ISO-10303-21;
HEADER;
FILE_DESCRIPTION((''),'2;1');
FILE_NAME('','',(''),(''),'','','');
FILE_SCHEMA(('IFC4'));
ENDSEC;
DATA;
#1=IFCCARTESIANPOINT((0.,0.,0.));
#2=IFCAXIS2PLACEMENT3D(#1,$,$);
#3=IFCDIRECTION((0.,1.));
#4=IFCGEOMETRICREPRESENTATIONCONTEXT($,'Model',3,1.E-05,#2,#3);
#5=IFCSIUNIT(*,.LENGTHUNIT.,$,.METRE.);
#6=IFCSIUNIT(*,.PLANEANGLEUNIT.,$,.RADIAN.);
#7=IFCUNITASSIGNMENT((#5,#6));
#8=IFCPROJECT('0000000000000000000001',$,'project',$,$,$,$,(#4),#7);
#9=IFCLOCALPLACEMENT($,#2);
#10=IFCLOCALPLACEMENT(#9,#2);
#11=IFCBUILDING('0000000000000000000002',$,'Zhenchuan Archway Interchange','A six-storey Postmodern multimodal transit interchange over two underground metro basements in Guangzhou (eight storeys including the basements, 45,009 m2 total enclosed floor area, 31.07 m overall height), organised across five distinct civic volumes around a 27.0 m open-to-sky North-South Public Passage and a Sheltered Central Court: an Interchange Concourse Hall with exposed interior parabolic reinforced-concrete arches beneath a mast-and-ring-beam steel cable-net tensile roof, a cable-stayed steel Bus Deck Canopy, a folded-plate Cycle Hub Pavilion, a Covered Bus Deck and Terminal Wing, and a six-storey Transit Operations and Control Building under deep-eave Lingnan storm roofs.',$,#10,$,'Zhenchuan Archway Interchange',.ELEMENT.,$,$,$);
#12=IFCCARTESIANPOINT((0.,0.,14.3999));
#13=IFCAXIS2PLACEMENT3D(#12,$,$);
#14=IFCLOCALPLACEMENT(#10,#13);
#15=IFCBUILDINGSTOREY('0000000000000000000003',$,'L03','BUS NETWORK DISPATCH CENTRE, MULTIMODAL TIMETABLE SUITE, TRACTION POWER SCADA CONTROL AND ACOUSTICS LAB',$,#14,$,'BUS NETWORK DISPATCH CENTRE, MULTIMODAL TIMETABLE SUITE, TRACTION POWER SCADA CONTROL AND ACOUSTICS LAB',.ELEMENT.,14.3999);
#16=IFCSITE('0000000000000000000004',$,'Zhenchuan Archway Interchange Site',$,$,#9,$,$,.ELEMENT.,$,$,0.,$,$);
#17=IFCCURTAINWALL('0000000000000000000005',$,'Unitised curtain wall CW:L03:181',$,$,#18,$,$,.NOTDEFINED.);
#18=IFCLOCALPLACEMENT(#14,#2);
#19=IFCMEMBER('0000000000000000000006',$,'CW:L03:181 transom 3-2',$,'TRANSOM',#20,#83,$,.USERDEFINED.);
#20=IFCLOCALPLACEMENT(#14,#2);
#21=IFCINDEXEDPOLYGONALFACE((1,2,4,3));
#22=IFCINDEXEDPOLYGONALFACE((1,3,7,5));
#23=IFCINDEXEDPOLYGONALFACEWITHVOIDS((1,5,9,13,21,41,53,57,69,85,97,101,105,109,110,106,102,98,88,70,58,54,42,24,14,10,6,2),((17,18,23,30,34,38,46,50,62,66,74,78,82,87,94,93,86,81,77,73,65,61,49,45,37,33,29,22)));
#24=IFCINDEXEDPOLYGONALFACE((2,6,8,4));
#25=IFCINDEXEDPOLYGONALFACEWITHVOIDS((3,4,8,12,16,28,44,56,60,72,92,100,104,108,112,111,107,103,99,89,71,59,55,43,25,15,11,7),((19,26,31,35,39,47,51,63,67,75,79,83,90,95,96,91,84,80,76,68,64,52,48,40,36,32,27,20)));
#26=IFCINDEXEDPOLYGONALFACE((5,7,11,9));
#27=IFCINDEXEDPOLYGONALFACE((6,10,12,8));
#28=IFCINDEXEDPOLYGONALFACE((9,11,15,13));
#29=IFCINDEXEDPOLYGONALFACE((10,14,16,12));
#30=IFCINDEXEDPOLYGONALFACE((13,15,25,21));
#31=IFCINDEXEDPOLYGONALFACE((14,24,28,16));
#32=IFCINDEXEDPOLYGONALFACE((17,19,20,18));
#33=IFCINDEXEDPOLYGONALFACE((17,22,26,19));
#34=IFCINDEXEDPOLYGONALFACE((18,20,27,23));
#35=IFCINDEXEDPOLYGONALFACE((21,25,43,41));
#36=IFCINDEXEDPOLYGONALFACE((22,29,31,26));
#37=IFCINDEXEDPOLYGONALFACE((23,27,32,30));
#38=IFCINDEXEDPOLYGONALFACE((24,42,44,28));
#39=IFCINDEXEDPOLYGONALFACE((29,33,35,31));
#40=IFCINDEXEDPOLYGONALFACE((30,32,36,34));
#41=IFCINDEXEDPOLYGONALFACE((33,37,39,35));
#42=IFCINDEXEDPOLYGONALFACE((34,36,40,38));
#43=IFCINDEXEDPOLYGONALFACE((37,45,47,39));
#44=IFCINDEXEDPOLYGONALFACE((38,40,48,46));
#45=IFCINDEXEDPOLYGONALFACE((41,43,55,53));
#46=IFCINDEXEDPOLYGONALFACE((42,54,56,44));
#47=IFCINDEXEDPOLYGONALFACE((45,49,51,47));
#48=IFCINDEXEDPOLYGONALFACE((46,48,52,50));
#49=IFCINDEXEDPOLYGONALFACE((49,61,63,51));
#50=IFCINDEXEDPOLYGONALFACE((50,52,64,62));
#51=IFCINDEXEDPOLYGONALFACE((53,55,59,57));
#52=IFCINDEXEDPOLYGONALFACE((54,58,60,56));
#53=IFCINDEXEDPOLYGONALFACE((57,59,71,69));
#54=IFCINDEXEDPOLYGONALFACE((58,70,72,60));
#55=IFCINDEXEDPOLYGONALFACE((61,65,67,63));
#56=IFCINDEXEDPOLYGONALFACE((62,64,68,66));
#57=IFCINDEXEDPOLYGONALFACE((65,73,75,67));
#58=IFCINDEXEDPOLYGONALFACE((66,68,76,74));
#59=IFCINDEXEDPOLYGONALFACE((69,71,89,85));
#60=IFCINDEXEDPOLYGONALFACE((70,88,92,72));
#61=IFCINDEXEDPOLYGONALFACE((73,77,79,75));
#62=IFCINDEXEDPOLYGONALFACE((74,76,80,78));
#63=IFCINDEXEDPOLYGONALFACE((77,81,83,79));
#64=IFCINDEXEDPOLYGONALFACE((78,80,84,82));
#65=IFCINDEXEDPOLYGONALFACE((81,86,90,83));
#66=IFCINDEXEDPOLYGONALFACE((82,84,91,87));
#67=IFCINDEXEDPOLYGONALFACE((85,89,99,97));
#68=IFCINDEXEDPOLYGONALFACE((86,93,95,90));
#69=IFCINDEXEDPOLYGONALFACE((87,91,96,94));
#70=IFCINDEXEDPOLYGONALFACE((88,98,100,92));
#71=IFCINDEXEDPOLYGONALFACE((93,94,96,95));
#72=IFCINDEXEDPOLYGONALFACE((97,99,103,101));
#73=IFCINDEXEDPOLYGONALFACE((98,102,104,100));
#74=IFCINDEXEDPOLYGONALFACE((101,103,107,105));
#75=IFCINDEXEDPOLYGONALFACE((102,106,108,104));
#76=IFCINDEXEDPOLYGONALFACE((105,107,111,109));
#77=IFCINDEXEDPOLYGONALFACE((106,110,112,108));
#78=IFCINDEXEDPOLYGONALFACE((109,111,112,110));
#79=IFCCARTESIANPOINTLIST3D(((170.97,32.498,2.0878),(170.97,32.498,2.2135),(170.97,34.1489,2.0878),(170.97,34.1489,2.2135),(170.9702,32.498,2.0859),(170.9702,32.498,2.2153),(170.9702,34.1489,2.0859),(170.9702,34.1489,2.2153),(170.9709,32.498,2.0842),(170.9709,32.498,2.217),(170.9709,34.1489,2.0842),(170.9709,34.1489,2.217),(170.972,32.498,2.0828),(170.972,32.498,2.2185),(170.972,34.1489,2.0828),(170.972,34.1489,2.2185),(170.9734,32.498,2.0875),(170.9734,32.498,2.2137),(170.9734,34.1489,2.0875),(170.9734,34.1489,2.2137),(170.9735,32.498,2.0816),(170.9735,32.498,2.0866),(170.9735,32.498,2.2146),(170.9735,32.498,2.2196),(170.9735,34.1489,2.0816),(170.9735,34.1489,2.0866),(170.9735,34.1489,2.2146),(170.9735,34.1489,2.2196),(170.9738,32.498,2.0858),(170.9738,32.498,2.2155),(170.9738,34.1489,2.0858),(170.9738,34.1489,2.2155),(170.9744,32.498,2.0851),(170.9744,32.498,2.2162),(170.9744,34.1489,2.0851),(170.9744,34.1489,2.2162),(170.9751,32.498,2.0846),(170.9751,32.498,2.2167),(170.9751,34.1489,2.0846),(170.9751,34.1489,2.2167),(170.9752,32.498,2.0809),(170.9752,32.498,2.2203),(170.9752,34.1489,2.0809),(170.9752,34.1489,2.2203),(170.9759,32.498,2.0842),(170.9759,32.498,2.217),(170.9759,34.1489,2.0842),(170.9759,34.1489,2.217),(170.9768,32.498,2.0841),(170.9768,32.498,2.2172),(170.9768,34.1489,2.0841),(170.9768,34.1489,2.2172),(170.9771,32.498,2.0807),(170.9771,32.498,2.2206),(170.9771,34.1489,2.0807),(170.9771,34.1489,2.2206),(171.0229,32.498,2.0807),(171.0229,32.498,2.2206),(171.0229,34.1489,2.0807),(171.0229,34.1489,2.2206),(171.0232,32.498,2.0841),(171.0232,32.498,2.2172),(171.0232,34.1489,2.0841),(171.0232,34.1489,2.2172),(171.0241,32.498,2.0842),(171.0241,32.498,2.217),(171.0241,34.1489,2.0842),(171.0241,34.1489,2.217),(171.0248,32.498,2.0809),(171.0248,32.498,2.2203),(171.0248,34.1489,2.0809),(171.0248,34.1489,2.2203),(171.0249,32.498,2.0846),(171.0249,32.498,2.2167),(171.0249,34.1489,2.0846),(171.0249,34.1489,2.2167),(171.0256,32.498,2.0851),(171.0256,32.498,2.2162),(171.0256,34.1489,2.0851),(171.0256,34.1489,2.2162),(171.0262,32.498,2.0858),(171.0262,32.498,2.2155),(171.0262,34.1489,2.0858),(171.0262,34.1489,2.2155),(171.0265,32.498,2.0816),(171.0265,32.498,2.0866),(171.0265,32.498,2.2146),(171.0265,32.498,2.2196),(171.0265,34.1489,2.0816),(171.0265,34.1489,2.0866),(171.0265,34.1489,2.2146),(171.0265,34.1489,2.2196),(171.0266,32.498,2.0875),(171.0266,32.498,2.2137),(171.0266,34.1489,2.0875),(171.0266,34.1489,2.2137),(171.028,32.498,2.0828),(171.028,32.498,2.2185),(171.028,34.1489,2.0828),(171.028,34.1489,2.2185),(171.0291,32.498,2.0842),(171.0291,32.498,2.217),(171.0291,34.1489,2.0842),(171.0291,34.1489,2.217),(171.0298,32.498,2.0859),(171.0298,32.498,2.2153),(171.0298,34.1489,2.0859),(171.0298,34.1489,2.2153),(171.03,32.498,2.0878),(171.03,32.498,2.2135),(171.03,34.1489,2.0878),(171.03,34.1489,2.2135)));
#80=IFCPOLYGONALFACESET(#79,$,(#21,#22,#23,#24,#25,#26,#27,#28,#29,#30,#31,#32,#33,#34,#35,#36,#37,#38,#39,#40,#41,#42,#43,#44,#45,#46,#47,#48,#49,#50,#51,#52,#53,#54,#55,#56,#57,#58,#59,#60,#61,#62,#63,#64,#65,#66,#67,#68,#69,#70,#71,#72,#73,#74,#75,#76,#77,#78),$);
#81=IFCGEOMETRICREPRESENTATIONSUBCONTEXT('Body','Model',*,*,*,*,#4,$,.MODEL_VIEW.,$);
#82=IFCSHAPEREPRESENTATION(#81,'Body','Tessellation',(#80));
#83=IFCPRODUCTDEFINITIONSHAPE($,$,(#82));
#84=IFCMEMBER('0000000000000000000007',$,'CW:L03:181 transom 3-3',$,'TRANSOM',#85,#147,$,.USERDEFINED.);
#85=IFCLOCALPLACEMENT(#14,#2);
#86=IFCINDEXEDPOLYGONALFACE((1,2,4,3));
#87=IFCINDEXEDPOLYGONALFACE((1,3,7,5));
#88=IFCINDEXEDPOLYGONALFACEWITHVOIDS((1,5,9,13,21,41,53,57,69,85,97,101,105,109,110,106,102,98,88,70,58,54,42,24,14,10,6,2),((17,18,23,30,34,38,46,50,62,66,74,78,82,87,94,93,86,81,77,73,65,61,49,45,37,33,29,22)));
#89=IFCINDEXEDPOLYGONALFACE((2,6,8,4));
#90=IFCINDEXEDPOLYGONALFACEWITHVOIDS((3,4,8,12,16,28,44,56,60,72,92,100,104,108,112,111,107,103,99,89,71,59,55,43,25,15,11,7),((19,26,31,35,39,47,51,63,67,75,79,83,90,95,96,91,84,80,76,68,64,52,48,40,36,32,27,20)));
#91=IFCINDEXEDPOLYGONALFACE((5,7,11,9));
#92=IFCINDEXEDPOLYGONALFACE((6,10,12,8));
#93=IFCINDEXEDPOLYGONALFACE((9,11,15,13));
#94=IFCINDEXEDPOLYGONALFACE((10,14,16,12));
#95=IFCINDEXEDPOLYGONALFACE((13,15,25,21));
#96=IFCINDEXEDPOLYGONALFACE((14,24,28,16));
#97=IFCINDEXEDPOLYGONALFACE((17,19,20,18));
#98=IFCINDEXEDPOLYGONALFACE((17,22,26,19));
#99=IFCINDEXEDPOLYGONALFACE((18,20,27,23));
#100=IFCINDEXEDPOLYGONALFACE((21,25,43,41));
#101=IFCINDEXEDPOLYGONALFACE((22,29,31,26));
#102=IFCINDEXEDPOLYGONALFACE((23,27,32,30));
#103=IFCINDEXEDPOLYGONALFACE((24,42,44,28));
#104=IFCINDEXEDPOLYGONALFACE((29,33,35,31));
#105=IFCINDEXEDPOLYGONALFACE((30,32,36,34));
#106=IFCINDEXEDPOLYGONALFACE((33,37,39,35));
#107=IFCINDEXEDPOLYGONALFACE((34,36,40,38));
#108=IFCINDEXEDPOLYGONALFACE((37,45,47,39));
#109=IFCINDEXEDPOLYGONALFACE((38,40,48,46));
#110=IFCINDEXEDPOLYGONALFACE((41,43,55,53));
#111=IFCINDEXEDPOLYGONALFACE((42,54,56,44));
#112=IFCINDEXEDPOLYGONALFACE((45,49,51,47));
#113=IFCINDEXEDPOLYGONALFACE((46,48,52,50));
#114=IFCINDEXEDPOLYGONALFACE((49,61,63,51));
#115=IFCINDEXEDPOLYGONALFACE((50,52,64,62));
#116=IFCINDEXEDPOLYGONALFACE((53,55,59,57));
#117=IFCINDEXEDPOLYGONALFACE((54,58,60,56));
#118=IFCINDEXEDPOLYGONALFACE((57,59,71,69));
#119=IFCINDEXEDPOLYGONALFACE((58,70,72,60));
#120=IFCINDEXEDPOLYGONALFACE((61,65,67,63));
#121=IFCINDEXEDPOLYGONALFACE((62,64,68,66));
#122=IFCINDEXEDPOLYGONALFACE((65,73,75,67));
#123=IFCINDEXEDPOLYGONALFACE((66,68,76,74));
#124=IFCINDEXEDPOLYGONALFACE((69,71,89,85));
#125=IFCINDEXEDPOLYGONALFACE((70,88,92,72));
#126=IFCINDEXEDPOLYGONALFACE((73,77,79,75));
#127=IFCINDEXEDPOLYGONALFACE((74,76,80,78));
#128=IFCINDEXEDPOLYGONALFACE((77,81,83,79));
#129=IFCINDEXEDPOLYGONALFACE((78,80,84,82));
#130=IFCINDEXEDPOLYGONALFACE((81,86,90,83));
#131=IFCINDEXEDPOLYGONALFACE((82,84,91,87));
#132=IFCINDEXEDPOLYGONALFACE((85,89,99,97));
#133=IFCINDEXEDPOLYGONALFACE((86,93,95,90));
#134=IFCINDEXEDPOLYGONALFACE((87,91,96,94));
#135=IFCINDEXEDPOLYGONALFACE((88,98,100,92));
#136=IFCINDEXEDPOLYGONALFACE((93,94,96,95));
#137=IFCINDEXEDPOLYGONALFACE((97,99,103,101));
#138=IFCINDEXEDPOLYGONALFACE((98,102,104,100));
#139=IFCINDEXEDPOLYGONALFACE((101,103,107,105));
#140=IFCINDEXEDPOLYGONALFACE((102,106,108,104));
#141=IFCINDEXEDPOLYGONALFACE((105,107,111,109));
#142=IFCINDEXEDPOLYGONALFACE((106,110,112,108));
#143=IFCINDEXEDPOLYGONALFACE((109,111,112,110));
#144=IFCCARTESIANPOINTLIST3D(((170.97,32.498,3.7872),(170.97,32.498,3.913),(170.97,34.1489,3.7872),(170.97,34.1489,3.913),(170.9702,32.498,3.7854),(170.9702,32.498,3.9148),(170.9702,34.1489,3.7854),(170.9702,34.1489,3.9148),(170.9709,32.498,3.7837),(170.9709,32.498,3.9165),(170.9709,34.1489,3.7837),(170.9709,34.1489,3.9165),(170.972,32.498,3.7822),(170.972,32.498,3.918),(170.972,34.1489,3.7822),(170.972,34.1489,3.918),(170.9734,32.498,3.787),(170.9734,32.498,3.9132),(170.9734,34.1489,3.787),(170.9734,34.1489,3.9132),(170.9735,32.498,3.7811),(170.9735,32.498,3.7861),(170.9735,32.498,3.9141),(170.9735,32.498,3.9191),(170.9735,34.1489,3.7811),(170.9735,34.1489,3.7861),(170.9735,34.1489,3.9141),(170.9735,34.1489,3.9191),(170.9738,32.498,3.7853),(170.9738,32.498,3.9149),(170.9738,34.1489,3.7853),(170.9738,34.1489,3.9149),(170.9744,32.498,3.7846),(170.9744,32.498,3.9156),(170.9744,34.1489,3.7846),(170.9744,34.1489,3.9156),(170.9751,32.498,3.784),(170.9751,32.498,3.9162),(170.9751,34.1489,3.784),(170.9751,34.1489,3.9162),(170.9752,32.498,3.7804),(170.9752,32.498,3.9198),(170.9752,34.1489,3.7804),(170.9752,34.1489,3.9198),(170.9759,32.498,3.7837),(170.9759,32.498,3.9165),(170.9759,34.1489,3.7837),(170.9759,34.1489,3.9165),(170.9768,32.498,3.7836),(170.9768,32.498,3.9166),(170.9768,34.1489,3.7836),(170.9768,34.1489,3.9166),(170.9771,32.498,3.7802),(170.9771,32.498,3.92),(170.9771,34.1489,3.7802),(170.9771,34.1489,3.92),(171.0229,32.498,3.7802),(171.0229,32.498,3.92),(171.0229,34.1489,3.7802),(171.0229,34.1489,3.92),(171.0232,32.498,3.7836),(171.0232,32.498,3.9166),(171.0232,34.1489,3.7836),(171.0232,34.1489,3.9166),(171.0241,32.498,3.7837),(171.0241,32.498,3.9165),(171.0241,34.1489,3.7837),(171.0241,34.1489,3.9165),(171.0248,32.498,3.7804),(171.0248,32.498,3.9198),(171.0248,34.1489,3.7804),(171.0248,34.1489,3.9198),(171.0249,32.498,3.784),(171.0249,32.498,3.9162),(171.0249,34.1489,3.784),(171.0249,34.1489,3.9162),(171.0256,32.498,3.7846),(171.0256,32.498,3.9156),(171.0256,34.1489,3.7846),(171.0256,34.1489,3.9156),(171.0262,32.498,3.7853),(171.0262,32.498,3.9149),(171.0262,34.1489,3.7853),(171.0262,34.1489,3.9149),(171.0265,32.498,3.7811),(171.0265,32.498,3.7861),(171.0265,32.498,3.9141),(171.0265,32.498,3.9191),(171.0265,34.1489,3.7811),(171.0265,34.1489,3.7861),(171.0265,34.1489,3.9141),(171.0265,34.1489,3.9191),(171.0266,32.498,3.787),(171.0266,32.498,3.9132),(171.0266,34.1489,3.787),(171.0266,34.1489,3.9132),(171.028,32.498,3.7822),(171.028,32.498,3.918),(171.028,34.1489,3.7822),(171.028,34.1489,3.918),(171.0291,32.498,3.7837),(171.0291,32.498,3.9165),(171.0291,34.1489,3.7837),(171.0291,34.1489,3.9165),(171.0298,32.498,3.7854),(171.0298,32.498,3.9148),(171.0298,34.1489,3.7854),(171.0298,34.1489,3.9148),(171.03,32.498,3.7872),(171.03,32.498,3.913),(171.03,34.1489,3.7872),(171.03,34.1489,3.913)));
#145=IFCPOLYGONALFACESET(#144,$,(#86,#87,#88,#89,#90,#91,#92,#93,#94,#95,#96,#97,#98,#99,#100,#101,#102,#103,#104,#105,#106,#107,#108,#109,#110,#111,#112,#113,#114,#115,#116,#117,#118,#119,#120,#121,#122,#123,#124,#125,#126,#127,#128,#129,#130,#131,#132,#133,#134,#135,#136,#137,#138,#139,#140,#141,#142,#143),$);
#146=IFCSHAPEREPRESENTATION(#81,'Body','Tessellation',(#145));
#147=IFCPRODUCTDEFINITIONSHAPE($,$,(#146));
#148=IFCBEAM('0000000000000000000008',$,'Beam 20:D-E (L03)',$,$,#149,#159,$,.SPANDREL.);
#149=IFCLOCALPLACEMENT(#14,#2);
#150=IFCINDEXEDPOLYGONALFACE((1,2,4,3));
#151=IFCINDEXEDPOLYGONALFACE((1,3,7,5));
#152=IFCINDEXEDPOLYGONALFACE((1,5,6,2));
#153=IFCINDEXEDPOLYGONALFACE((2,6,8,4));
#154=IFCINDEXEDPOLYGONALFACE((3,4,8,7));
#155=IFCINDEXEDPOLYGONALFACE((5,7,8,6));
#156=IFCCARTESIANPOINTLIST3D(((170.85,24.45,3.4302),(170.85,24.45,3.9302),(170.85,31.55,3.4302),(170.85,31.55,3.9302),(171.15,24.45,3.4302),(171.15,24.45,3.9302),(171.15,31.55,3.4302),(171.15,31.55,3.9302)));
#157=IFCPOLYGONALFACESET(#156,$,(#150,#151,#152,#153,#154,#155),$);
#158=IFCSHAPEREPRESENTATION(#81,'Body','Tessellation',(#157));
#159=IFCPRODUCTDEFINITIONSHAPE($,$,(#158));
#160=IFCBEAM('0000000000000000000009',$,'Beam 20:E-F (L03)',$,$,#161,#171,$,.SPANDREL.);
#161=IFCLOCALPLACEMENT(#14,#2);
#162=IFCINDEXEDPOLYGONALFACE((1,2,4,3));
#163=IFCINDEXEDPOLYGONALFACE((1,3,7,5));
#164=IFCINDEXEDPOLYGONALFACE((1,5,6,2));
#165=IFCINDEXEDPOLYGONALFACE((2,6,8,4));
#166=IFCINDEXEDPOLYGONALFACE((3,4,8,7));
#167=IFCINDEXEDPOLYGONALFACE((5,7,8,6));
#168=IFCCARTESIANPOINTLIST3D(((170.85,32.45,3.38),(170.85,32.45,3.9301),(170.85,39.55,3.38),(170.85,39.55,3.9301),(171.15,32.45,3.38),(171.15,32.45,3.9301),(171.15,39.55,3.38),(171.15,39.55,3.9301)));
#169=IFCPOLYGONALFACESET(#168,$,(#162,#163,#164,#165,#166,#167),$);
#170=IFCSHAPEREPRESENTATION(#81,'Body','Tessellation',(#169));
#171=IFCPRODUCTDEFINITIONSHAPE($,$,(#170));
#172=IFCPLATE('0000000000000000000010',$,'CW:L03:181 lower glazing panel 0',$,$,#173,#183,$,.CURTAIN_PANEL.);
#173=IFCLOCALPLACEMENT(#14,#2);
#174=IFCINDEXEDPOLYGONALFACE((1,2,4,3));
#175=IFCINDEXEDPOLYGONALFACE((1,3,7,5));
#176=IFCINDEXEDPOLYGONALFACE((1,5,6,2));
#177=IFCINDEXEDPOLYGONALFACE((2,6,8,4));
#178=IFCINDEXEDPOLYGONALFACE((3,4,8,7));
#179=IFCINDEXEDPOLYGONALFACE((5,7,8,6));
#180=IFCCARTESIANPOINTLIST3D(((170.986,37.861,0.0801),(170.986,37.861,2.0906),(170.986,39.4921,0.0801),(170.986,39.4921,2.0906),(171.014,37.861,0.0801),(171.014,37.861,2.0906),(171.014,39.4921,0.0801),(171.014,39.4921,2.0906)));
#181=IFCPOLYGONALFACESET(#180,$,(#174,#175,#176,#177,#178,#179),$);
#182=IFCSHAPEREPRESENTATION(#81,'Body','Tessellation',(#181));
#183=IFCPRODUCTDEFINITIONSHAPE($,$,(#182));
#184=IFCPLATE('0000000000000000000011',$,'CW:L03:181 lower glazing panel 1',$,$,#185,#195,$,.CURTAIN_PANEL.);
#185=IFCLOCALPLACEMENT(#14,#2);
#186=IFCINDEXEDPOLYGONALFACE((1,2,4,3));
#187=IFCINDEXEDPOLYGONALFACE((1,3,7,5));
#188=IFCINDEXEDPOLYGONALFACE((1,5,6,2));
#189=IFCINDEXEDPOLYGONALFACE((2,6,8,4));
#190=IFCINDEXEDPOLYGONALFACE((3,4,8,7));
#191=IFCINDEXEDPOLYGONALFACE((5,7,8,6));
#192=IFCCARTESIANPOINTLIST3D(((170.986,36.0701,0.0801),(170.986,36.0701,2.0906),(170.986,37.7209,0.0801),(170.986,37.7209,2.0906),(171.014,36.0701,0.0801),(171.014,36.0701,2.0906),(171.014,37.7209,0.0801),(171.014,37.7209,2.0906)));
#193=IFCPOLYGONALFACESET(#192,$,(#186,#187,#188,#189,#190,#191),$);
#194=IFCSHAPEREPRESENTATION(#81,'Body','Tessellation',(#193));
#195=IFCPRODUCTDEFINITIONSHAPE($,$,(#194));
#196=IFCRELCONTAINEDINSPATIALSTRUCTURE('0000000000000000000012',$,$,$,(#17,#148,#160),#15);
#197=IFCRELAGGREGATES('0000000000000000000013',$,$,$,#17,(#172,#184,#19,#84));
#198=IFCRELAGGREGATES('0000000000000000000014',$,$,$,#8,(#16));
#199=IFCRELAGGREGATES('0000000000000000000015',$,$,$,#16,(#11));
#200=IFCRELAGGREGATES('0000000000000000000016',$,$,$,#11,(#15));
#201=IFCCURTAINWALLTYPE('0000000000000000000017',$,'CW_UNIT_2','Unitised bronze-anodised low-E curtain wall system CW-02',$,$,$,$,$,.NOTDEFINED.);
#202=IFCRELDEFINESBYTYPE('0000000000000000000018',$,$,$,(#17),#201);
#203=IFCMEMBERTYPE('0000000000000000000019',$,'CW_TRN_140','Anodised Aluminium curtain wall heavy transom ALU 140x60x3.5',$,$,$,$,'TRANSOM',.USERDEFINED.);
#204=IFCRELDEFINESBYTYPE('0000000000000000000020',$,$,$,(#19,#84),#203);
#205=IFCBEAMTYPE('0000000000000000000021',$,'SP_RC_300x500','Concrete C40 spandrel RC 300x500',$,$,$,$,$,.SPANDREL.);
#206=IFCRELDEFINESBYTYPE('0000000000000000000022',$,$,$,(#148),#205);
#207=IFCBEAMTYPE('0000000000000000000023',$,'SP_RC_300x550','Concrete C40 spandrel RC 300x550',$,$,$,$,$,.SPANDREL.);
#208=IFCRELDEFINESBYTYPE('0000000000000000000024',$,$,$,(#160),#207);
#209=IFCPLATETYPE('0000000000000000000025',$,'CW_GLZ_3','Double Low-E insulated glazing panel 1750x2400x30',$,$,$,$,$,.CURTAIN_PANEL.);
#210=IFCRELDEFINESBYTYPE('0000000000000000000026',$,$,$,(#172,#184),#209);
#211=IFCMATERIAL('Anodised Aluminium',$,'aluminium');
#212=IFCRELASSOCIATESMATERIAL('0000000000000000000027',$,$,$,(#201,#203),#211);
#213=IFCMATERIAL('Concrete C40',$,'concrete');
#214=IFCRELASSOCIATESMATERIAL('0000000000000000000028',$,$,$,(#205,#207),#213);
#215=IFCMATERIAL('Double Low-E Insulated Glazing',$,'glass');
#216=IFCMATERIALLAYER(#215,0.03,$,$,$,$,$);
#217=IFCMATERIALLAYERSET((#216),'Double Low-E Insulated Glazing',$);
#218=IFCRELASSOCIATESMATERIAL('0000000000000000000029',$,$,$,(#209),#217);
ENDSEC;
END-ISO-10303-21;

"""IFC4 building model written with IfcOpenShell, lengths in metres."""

from ifc_helpers import new_model, si_unit, direction, frame, origin, origin_2d, place, context, subcontext, project, spatial, rectangle, hollow_rectangle, extrude, material, layer, layer_set, material_profile, profile_set, type_object, element, aggregate, save


model = new_model("IFC4")

# Units and contexts
model_context = context("Model", 3, precision=1e-05, world=origin(), true_north=direction((0.0, 1.0)))
body_context = subcontext(model_context, "Body", "Model", "MODEL_VIEW")
ifc_project = project(units=[si_unit("LENGTHUNIT", "METRE"), si_unit("PLANEANGLEUNIT", "RADIAN")], contexts=[model_context])

# Site, building, storey
site_placement = place(None, origin())
site = spatial("IfcSite", under=ifc_project, at=site_placement, Name="Zhenchuan Archway Interchange Site", CompositionType="ELEMENT", RefElevation=0.0)
building_placement = place(site_placement, origin())
building = spatial("IfcBuilding", under=site, at=building_placement, Name="Zhenchuan Archway Interchange", Description="A six-storey Postmodern multimodal transit interchange over two underground metro basements in Guangzhou (eight storeys including the basements, 45,009 m2 total enclosed floor area, 31.07 m overall height), organised across five distinct civic volumes around a 27.0 m open-to-sky North-South Public Passage and a Sheltered Central Court: an Interchange Concourse Hall with exposed interior parabolic reinforced-concrete arches beneath a mast-and-ring-beam steel cable-net tensile roof, a cable-stayed steel Bus Deck Canopy, a folded-plate Cycle Hub Pavilion, a Covered Bus Deck and Terminal Wing, and a six-storey Transit Operations and Control Building under deep-eave Lingnan storm roofs.", LongName="Zhenchuan Archway Interchange", CompositionType="ELEMENT")
storey_placement = place(building_placement, frame((0.0, 0.0, 14.3999)))
storey = spatial("IfcBuildingStorey", under=building, at=storey_placement, Name="L03", Description="BUS NETWORK DISPATCH CENTRE, MULTIMODAL TIMETABLE SUITE, TRACTION POWER SCADA CONTROL AND ACOUSTICS LAB", LongName="BUS NETWORK DISPATCH CENTRE, MULTIMODAL TIMETABLE SUITE, TRACTION POWER SCADA CONTROL AND ACOUSTICS LAB", CompositionType="ELEMENT", Elevation=14.3999)

# Shared definitions
ifc_material_1 = material(Name="Concrete C40", Category="concrete")

# Curtain wall
ifc_material_2 = material(Name="Anodised Aluminium", Category="aluminium")
curtain_wall_type_1 = type_object("IfcCurtainWallType", Name="CW_UNIT_2", Description="Unitised bronze-anodised low-E curtain wall system CW-02", PredefinedType="NOTDEFINED", material=ifc_material_2)
curtain_wall_1_placement = place(storey_placement, origin())
curtain_wall_1 = element("IfcCurtainWall", 1, at=curtain_wall_1_placement, inside=storey, type_object=curtain_wall_type_1, Name="Unitised curtain wall CW:L03:181", PredefinedType="NOTDEFINED")

# Members
ifc_material_profile_1 = material_profile(ifc_material_2, hollow_rectangle(XDim=0.0601, YDim=0.1399, WallThickness=0.0034, InnerFilletRadius=0.0034, OuterFilletRadius=0.0071, at=origin_2d()), Name="ALU 140x60x3.5")
ifc_profile_set_1 = profile_set([ifc_material_profile_1], Name="Anodised Aluminium")
member_type_1 = type_object("IfcMemberType", Name="CW_TRN_140", Description="Anodised Aluminium curtain wall heavy transom ALU 140x60x3.5", ElementType="TRANSOM", PredefinedType="USERDEFINED", material=ifc_profile_set_1)
member_1_placement = place(storey_placement, frame((171.0, 34.1489, 2.1506), z_axis=(0.0, -1.0, 0.0), x_axis=(1.0, 0.0, 0.0)))
member_1 = element("IfcMember", 2, at=member_1_placement, type_object=member_type_1, Name="CW:L03:181 transom 3-2", ObjectType="TRANSOM", PredefinedType="USERDEFINED", context=body_context, shape_type="SweptSolid", body=[
    extrude(hollow_rectangle(XDim=0.0601, YDim=0.1399, WallThickness=0.0034, InnerFilletRadius=0.0034, OuterFilletRadius=0.0071, at=origin_2d()), origin(), (0.0, 0.0, 1.0), 1.6509),
])
member_2_placement = place(storey_placement, frame((171.0, 34.1489, 3.8501), z_axis=(0.0, -1.0, 0.0), x_axis=(1.0, 0.0, 0.0)))
member_2 = element("IfcMember", 3, at=member_2_placement, type_object=member_type_1, Name="CW:L03:181 transom 3-3", ObjectType="TRANSOM", PredefinedType="USERDEFINED", context=body_context, shape_type="SweptSolid", body=[
    extrude(hollow_rectangle(XDim=0.0601, YDim=0.1399, WallThickness=0.0034, InnerFilletRadius=0.0034, OuterFilletRadius=0.0071, at=origin_2d()), origin(), (0.0, 0.0, 1.0), 1.6509),
])

# Beams
ifc_material_profile_2 = material_profile(ifc_material_1, rectangle(XDim=0.3, YDim=0.5, at=origin_2d()), Name="RC 300x500")
ifc_profile_set_2 = profile_set([ifc_material_profile_2], Name="Concrete C40")
beam_type_1 = type_object("IfcBeamType", Name="SP_RC_300x500", Description="Concrete C40 spandrel RC 300x500", PredefinedType="SPANDREL", material=ifc_profile_set_2)
beam_1_placement = place(storey_placement, frame((171.0, 24.45, 3.6802), z_axis=(0.0, 1.0, 0.0), x_axis=(-1.0, 0.0, 0.0)))
element("IfcBeam", 4, at=beam_1_placement, inside=storey, type_object=beam_type_1, Name="Beam 20:D-E (L03)", PredefinedType="SPANDREL", context=body_context, shape_type="SweptSolid", body=[
    extrude(rectangle(XDim=0.3, YDim=0.5, at=origin_2d()), origin(), (0.0, 0.0, 1.0), 7.1001),
])
ifc_material_profile_3 = material_profile(ifc_material_1, rectangle(XDim=0.3, YDim=0.55, at=origin_2d()), Name="RC 300x550")
ifc_profile_set_3 = profile_set([ifc_material_profile_3], Name="Concrete C40")
beam_type_2 = type_object("IfcBeamType", Name="SP_RC_300x550", Description="Concrete C40 spandrel RC 300x550", PredefinedType="SPANDREL", material=ifc_profile_set_3)
beam_2_placement = place(storey_placement, frame((171.0, 32.45, 3.655), z_axis=(0.0, 1.0, 0.0), x_axis=(-1.0, 0.0, 0.0)))
element("IfcBeam", 5, at=beam_2_placement, inside=storey, type_object=beam_type_2, Name="Beam 20:E-F (L03)", PredefinedType="SPANDREL", context=body_context, shape_type="SweptSolid", body=[
    extrude(rectangle(XDim=0.3, YDim=0.55, at=origin_2d()), origin(), (0.0, 0.0, 1.0), 7.1001),
])

# Plates
ifc_material_3 = material(Name="Double Low-E Insulated Glazing", Category="glass")
ifc_layer_1 = layer(ifc_material_3, 0.03)
ifc_layer_set_1 = layer_set([ifc_layer_1], Name="Double Low-E Insulated Glazing")
plate_type_1 = type_object("IfcPlateType", Name="CW_GLZ_3", Description="Double Low-E insulated glazing panel 1750x2400x30", PredefinedType="CURTAIN_PANEL", material=ifc_layer_set_1)
plate_1_placement = place(storey_placement, frame((171.0, 38.6765, 0.0801), z_axis=(0.0, 0.0, 1.0), x_axis=(0.0, -1.0, 0.0)))
plate_1 = element("IfcPlate", 6, at=plate_1_placement, type_object=plate_type_1, Name="CW:L03:181 lower glazing panel 0", PredefinedType="CURTAIN_PANEL", context=body_context, shape_type="SweptSolid", body=[
    extrude(rectangle(XDim=1.6311, YDim=0.0281, at=origin_2d()), origin(), (0.0, 0.0, 1.0), 2.0105),
])
plate_2_placement = place(storey_placement, frame((171.0, 36.8955, 0.0801), z_axis=(0.0, 0.0, 1.0), x_axis=(0.0, -1.0, 0.0)))
plate_2 = element("IfcPlate", 7, at=plate_2_placement, type_object=plate_type_1, Name="CW:L03:181 lower glazing panel 1", PredefinedType="CURTAIN_PANEL", context=body_context, shape_type="SweptSolid", body=[
    extrude(rectangle(XDim=1.6509, YDim=0.0281, at=origin_2d()), origin(), (0.0, 0.0, 1.0), 2.0105),
])
aggregate(curtain_wall_1, [plate_1, plate_2, member_1, member_2])

save(model, "model.ifc")
